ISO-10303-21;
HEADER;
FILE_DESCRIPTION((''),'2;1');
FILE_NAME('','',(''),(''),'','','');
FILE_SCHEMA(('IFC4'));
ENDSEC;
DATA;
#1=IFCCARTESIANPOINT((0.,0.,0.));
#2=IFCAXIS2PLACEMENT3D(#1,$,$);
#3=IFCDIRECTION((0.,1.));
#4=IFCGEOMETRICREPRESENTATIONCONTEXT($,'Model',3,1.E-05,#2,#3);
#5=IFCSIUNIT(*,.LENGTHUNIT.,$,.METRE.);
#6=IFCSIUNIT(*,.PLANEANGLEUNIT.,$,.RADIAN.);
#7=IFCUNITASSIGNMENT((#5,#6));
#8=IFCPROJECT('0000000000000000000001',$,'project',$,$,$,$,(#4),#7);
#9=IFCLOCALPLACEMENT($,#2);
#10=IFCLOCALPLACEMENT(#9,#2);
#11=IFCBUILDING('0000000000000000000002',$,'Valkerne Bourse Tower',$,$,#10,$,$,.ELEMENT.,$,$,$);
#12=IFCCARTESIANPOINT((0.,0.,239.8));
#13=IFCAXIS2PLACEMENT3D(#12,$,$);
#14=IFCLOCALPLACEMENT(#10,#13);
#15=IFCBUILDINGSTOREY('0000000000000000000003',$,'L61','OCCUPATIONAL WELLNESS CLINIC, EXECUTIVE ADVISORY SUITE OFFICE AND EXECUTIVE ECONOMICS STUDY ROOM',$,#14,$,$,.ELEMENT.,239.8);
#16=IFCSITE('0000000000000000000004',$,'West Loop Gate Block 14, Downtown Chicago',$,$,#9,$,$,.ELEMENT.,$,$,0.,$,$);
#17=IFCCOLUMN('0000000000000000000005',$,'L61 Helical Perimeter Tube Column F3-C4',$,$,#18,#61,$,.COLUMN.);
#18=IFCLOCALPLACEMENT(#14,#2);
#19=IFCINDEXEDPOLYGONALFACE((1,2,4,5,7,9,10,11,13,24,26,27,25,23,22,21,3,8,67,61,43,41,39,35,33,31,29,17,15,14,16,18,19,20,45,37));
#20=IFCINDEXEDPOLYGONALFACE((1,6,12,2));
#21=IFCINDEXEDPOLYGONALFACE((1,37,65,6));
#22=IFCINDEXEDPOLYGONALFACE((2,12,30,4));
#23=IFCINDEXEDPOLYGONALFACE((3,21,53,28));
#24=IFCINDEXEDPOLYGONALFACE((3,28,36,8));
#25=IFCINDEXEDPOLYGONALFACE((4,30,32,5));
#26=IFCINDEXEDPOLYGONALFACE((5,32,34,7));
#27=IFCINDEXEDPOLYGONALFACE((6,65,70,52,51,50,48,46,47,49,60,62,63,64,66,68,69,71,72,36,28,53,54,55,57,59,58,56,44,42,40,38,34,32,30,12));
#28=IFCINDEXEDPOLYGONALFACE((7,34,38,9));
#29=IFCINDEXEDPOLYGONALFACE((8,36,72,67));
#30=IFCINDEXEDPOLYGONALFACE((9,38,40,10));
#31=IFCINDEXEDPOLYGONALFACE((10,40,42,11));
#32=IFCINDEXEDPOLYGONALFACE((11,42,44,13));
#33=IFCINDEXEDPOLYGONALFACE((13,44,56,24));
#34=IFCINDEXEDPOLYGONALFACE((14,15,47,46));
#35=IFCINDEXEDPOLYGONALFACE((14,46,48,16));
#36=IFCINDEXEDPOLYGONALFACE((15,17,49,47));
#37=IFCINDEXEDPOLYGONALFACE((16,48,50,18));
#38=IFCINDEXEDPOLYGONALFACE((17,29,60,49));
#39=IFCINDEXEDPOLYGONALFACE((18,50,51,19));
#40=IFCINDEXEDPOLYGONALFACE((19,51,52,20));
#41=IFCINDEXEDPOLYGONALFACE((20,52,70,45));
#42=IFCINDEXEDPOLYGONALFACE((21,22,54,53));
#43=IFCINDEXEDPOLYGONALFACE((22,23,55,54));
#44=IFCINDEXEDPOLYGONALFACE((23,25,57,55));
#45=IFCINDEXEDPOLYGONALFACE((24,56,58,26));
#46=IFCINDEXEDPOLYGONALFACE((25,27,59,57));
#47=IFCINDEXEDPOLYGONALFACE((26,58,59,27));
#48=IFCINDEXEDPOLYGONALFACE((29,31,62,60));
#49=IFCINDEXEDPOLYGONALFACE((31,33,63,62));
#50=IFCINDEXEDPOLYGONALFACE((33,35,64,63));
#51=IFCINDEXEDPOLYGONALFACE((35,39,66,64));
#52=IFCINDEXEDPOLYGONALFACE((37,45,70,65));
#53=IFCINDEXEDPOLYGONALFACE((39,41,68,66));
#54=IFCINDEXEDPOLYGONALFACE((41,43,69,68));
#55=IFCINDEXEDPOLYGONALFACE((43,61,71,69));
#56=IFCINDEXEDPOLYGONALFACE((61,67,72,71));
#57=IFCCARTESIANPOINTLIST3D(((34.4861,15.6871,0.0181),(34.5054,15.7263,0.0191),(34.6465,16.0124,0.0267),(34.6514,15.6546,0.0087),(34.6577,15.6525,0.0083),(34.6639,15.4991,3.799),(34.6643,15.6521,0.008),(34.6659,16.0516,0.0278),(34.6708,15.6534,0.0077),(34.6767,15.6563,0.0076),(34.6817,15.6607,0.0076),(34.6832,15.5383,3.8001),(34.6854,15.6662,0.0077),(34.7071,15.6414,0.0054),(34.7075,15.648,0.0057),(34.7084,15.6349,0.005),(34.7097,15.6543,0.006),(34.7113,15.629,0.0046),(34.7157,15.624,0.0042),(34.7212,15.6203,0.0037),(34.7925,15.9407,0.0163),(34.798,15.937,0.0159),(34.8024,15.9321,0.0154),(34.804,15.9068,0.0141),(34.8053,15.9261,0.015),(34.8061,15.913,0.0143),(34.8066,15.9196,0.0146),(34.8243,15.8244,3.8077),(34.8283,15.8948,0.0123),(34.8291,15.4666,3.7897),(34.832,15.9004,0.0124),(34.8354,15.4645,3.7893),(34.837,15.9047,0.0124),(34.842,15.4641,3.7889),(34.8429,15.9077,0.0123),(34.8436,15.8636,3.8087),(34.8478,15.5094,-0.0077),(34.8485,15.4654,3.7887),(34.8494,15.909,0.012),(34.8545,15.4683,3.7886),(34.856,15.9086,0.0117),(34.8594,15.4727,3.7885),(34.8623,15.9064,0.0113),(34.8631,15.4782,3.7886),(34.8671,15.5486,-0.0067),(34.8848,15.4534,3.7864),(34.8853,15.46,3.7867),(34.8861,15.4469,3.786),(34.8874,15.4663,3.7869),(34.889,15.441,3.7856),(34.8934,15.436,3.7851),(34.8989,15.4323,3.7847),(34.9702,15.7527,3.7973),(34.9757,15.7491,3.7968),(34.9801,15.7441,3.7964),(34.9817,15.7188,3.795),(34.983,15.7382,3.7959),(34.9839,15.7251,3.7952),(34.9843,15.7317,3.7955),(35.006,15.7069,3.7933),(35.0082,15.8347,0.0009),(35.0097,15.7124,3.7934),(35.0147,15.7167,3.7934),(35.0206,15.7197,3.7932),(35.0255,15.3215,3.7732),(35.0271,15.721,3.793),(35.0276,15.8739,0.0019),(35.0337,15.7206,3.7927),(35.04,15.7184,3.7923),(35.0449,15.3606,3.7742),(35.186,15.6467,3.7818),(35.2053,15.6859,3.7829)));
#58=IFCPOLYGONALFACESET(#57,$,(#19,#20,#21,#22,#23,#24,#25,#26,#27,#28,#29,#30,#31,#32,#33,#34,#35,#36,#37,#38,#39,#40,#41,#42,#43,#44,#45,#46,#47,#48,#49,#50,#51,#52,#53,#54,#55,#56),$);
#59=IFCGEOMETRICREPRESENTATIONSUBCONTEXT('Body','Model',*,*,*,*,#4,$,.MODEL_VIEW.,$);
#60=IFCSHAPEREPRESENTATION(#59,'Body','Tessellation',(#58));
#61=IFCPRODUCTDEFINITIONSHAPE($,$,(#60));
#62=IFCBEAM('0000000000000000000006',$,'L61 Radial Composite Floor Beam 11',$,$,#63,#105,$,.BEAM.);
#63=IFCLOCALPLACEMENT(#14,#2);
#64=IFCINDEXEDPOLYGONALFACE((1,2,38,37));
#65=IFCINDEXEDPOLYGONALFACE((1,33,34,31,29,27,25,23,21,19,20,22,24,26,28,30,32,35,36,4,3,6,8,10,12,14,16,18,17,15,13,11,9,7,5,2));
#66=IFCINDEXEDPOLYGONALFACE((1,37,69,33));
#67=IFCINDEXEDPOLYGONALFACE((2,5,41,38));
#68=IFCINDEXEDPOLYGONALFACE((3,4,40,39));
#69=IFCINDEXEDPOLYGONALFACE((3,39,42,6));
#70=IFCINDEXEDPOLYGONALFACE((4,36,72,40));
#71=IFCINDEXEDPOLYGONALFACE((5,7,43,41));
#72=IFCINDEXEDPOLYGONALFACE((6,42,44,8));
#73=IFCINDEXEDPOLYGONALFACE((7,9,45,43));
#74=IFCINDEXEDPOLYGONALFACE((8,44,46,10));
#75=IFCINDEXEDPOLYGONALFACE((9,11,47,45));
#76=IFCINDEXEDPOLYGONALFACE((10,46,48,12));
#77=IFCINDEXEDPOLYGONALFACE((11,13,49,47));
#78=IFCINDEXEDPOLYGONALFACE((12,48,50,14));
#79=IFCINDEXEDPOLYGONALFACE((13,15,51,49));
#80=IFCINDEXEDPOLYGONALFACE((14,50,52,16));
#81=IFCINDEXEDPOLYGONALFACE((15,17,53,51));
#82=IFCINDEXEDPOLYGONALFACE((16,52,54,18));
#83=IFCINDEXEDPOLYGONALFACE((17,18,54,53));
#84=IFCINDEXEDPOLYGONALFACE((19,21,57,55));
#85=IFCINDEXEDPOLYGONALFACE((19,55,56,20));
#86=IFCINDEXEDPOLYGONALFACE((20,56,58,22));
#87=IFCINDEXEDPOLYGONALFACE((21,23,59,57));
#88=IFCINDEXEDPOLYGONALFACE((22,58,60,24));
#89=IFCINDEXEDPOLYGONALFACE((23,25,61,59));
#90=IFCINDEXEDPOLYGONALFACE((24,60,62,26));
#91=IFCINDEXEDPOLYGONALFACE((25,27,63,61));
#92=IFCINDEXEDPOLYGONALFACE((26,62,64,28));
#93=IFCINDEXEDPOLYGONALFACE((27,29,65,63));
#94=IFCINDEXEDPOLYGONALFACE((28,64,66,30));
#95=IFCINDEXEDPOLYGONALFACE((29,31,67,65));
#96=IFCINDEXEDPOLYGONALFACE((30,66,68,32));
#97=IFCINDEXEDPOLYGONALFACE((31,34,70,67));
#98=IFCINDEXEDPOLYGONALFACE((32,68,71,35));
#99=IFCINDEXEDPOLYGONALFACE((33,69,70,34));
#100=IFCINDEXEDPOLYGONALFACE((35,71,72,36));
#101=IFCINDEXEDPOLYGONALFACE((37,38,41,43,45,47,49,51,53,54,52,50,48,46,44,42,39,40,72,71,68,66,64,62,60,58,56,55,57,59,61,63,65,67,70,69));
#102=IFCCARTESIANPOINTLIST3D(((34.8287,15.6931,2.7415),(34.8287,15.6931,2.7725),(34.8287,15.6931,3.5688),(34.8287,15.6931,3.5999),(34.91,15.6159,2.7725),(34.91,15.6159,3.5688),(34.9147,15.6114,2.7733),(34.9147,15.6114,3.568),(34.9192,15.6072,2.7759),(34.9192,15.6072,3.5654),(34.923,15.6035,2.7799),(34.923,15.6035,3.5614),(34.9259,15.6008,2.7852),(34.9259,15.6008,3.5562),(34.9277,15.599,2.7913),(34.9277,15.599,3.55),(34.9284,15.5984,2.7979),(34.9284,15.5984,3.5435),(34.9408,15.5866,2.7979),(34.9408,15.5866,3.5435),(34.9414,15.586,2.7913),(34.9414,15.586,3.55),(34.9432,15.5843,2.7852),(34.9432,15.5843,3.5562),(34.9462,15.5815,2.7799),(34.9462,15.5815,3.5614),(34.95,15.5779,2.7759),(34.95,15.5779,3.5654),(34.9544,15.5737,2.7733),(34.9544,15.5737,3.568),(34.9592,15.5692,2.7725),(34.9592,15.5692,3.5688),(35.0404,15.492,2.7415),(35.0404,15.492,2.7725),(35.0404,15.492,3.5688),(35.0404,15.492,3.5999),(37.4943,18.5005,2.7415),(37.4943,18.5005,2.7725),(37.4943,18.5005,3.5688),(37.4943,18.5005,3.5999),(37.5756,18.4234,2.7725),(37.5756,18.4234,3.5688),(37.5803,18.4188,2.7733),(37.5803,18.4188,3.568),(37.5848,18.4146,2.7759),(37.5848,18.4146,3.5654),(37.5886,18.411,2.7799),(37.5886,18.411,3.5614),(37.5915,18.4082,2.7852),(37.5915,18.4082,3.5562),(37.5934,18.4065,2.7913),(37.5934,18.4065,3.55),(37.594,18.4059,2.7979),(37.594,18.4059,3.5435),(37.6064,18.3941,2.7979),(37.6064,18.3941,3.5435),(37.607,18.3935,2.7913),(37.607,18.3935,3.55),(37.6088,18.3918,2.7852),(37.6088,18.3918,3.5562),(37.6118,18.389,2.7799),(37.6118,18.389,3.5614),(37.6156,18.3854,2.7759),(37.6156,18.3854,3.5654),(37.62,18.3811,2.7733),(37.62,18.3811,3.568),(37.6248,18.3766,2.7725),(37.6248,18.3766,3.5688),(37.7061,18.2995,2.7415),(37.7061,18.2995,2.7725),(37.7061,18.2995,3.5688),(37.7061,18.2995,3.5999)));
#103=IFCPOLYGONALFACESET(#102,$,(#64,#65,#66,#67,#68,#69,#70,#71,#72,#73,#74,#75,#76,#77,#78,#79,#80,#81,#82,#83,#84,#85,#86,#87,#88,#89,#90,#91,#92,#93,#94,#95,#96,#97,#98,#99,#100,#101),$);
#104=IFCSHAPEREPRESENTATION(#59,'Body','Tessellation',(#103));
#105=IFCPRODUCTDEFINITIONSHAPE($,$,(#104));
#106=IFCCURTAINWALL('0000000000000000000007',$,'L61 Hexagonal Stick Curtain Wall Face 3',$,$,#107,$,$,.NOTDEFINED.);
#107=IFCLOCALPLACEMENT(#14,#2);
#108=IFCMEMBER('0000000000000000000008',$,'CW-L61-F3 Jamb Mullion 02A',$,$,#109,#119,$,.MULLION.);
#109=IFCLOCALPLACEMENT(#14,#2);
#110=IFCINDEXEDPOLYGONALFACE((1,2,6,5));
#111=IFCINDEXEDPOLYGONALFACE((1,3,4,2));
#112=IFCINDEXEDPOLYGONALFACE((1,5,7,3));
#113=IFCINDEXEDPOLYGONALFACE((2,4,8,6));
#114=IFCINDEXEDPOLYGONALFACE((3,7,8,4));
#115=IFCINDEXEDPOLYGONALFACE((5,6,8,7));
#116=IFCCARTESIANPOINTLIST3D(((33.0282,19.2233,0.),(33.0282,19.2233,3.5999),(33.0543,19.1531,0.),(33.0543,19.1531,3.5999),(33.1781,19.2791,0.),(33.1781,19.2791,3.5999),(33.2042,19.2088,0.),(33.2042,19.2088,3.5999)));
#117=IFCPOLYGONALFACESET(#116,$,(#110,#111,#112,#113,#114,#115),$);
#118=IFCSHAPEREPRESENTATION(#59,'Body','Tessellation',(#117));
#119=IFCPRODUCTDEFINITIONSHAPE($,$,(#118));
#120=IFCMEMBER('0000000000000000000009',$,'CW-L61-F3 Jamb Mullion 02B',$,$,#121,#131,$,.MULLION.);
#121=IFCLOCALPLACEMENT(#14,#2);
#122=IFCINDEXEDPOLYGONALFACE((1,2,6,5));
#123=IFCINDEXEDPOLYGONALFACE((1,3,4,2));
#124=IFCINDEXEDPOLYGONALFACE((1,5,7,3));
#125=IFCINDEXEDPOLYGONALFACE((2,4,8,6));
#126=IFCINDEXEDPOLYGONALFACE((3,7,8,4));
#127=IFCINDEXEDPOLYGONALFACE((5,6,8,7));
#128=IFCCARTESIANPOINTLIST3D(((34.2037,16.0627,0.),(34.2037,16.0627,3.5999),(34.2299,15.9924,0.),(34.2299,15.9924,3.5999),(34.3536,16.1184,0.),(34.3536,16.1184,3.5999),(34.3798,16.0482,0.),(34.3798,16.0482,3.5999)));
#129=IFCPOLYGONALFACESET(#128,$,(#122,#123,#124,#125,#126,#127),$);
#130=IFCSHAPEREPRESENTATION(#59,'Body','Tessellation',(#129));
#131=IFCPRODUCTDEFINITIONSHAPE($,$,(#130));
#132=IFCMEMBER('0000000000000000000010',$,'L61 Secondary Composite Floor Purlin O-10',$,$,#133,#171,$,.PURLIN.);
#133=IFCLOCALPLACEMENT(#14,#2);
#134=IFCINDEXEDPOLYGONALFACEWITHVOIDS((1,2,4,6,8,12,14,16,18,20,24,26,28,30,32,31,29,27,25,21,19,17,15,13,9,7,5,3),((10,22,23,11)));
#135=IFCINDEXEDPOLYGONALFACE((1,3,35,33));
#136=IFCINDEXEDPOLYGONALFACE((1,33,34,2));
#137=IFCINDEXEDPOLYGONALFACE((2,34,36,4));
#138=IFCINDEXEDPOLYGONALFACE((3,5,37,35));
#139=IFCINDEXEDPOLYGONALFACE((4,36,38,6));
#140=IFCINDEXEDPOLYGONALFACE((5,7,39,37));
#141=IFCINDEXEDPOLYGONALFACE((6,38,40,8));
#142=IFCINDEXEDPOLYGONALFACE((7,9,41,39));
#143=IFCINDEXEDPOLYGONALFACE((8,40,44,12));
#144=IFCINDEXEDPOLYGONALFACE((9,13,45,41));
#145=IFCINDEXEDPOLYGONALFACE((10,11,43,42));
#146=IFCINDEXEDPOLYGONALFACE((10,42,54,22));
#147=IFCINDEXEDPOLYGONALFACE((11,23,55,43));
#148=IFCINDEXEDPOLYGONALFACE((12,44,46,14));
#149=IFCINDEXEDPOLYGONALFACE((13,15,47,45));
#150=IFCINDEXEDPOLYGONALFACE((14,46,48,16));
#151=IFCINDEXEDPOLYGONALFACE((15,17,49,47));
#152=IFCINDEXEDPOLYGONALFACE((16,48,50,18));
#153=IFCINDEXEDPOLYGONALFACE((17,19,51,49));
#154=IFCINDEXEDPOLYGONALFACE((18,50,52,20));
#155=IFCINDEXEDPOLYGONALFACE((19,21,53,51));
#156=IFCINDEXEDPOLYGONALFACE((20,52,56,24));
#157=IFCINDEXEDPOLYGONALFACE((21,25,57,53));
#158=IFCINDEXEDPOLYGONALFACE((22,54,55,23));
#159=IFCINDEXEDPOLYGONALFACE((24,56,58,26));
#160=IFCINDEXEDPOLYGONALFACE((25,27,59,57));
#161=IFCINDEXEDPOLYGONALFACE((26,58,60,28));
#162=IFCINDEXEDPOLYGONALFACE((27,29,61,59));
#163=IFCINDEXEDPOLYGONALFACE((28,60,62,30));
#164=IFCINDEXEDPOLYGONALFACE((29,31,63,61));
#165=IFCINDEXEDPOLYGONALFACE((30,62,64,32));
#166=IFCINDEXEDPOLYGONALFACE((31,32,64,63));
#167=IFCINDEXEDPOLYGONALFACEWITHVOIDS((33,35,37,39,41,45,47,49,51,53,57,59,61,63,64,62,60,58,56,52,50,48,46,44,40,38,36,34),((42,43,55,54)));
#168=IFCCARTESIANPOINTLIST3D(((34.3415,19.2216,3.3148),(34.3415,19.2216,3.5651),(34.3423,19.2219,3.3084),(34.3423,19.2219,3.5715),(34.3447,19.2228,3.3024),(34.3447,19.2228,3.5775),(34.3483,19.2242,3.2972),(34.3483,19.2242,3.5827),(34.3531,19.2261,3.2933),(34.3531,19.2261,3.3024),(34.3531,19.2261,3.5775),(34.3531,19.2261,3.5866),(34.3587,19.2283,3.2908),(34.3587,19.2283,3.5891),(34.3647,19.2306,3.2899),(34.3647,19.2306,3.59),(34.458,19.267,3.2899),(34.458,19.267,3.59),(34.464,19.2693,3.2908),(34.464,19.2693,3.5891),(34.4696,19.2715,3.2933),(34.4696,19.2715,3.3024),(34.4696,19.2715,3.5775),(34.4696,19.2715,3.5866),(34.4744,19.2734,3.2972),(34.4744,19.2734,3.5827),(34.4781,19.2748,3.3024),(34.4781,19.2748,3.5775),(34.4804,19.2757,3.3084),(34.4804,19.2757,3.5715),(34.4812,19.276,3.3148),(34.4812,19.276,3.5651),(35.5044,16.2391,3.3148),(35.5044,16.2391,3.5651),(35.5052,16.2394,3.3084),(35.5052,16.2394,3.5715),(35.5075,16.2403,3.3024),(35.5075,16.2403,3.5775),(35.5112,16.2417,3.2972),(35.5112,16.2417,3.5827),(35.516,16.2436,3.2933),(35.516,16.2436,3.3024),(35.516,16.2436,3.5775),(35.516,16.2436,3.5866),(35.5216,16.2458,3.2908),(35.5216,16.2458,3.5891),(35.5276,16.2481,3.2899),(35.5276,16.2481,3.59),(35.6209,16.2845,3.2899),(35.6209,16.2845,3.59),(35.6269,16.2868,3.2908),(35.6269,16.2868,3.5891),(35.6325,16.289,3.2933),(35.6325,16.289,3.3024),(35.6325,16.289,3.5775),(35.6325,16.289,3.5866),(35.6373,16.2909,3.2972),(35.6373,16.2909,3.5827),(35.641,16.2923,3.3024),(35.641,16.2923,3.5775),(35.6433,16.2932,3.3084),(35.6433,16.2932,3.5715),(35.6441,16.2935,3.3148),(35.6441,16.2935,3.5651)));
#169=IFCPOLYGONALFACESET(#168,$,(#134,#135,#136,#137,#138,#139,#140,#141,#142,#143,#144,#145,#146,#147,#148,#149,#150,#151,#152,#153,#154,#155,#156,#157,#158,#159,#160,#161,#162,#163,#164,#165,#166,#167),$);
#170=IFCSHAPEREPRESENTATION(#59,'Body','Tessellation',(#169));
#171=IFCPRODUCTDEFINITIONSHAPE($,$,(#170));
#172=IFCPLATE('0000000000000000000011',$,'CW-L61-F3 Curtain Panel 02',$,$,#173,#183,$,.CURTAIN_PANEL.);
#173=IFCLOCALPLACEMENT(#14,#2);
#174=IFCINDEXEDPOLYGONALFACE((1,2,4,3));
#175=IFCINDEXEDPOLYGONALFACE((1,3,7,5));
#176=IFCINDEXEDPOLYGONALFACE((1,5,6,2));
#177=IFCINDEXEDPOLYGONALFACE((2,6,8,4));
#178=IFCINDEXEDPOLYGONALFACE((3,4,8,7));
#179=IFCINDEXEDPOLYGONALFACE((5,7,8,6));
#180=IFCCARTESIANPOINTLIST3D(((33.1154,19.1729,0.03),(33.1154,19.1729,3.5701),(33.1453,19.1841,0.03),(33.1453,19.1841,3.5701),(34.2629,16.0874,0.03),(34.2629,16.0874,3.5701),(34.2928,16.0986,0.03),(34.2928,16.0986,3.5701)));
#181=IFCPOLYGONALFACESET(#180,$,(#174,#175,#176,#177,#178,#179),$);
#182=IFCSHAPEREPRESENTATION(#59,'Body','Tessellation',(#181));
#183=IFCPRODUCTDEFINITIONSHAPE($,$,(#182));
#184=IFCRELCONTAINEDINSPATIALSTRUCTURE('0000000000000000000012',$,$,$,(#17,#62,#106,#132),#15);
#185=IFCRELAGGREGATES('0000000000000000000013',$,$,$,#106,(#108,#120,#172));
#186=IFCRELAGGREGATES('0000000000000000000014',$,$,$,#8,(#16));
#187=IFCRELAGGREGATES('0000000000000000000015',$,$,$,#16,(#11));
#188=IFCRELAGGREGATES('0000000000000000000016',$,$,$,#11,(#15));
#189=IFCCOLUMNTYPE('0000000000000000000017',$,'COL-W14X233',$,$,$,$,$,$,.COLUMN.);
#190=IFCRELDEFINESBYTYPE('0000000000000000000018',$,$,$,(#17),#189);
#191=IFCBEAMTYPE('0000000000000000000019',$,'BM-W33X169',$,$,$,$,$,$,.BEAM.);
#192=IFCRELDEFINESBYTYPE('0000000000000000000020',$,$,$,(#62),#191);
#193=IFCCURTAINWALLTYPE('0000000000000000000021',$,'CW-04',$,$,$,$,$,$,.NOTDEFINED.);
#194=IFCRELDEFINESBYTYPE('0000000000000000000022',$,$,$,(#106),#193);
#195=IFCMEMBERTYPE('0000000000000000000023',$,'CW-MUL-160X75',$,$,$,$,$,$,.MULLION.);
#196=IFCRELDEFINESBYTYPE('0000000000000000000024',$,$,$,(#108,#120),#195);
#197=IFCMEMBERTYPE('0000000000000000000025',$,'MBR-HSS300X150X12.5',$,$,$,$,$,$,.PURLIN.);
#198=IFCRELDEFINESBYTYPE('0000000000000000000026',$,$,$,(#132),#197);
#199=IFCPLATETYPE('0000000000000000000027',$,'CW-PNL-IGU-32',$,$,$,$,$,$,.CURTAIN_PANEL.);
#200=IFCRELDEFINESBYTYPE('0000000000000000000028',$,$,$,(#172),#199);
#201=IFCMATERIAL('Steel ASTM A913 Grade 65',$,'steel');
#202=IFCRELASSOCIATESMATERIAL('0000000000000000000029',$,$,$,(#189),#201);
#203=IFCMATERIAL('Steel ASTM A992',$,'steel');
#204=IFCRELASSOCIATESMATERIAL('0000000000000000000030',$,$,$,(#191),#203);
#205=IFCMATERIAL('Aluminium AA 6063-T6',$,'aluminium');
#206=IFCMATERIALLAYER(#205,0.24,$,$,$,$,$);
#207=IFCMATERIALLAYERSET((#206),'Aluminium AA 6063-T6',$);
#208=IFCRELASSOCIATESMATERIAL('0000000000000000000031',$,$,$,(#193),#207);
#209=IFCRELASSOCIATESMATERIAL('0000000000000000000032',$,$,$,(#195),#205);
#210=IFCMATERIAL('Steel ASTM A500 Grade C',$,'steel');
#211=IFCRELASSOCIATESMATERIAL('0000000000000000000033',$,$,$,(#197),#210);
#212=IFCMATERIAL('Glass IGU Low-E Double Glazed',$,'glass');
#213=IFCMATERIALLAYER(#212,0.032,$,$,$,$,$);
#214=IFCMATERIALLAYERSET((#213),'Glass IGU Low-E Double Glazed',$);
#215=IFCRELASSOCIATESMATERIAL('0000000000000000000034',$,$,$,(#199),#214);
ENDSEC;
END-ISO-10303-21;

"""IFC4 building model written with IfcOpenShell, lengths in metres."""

from ifc_helpers import new_model, si_unit, direction, frame, origin, origin_2d, place, context, subcontext, project, spatial, rectangle, hollow_rectangle, i_section, extrude, material, layer, layer_set, material_profile, profile_set, type_object, element, aggregate, save


model = new_model("IFC4")

# Units and contexts
model_context = context("Model", 3, precision=1e-05, world=origin(), true_north=direction((0.0, 1.0)))
body_context = subcontext(model_context, "Body", "Model", "MODEL_VIEW")
ifc_project = project(units=[si_unit("LENGTHUNIT", "METRE"), si_unit("PLANEANGLEUNIT", "RADIAN")], contexts=[model_context])

# Site, building, storey
site_placement = place(None, origin())
site = spatial("IfcSite", under=ifc_project, at=site_placement, Name="West Loop Gate Block 14, Downtown Chicago", CompositionType="ELEMENT", RefElevation=0.0)
building_placement = place(site_placement, origin())
building = spatial("IfcBuilding", under=site, at=building_placement, Name="Valkerne Bourse Tower", CompositionType="ELEMENT")
storey_placement = place(building_placement, frame((0.0, 0.0, 239.8)))
storey = spatial("IfcBuildingStorey", under=building, at=storey_placement, Name="L61", Description="OCCUPATIONAL WELLNESS CLINIC, EXECUTIVE ADVISORY SUITE OFFICE AND EXECUTIVE ECONOMICS STUDY ROOM", CompositionType="ELEMENT", Elevation=239.8)

# Column
ifc_material_1 = material(Name="Steel ASTM A913 Grade 65", Category="steel")
ifc_material_profile_1 = material_profile(ifc_material_1, i_section(OverallWidth=0.4038, OverallDepth=0.4065, WebThickness=0.0271, FlangeThickness=0.0437, FilletRadius=0.0254, at=origin_2d()), Name="W14X233")
ifc_profile_set_1 = profile_set([ifc_material_profile_1], Name="Steel ASTM A913 Grade 65")
column_type = type_object("IfcColumnType", Name="COL-W14X233", PredefinedType="COLUMN", material=ifc_profile_set_1)
column_placement = place(storey_placement, frame((34.7568, 15.7805, 0.01), z_axis=(0.046898, -0.049603, 0.997667), x_axis=(0.89571, -0.440011, -0.063982)))
element("IfcColumn", 1, at=column_placement, inside=storey, type_object=column_type, Name="L61 Helical Perimeter Tube Column F3-C4", PredefinedType="COLUMN", context=body_context, shape_type="SweptSolid", body=[
    extrude(i_section(OverallWidth=0.4038, OverallDepth=0.4065, WebThickness=0.0271, FlangeThickness=0.0437, FilletRadius=0.0254, at=origin_2d()), origin(), (0.0, 0.0, 1.0), 3.7898),
])

# Beam
ifc_material_2 = material(Name="Steel ASTM A992", Category="steel")
ifc_material_profile_2 = material_profile(ifc_material_2, i_section(OverallWidth=0.292, OverallDepth=0.8584, WebThickness=0.0171, FlangeThickness=0.031, FilletRadius=0.0254, at=origin_2d()), Name="W33X169")
ifc_profile_set_2 = profile_set([ifc_material_profile_2], Name="Steel ASTM A992")
beam_type = type_object("IfcBeamType", Name="BM-W33X169", PredefinedType="BEAM", material=ifc_profile_set_2)
beam_placement = place(storey_placement, frame((34.9346, 15.5925, 3.1707), z_axis=(0.688549, 0.72519, 0.0), x_axis=(-0.72519, 0.688549, 0.0)))
element("IfcBeam", 2, at=beam_placement, inside=storey, type_object=beam_type, Name="L61 Radial Composite Floor Beam 11", PredefinedType="BEAM", context=body_context, shape_type="SweptSolid", body=[
    extrude(i_section(OverallWidth=0.292, OverallDepth=0.8584, WebThickness=0.0171, FlangeThickness=0.031, FilletRadius=0.0254, at=origin_2d()), origin(), (0.0, 0.0, 1.0), 3.8713),
])

# Curtain wall, members
ifc_material_3 = material(Name="Aluminium AA 6063-T6", Category="aluminium")
ifc_layer_1 = layer(ifc_material_3, 0.24)
ifc_layer_set_1 = layer_set([ifc_layer_1], Name="Aluminium AA 6063-T6")
curtain_wall_type = type_object("IfcCurtainWallType", Name="CW-04", PredefinedType="NOTDEFINED", material=ifc_layer_set_1)
curtain_wall_placement = place(storey_placement, origin())
curtain_wall = element("IfcCurtainWall", 3, at=curtain_wall_placement, inside=storey, type_object=curtain_wall_type, Name="L61 Hexagonal Stick Curtain Wall Face 3", PredefinedType="NOTDEFINED")
ifc_material_profile_3 = material_profile(ifc_material_3, rectangle(XDim=0.075, YDim=0.1599, at=origin_2d()), Name="CWM-75X160")
ifc_profile_set_3 = profile_set([ifc_material_profile_3], Name="Aluminium AA 6063-T6")
member_type_1 = type_object("IfcMemberType", Name="CW-MUL-160X75", PredefinedType="MULLION", material=ifc_profile_set_3)
member_1_placement = place(storey_placement, frame((33.1162, 19.2161, 0.0), z_axis=(0.0, 0.0, 1.0), x_axis=(0.348578, -0.93728, 0.0)))
member_1 = element("IfcMember", 4, at=member_1_placement, type_object=member_type_1, Name="CW-L61-F3 Jamb Mullion 02A", PredefinedType="MULLION", context=body_context, shape_type="SweptSolid", body=[
    extrude(rectangle(XDim=0.075, YDim=0.1599, at=origin_2d()), origin(), (0.0, 0.0, 1.0), 3.5999),
])
member_2_placement = place(storey_placement, frame((34.2917, 16.0554, 0.0), z_axis=(0.0, 0.0, 1.0), x_axis=(0.348578, -0.93728, 0.0)))
member_2 = element("IfcMember", 5, at=member_2_placement, type_object=member_type_1, Name="CW-L61-F3 Jamb Mullion 02B", PredefinedType="MULLION", context=body_context, shape_type="SweptSolid", body=[
    extrude(rectangle(XDim=0.075, YDim=0.1599, at=origin_2d()), origin(), (0.0, 0.0, 1.0), 3.5999),
])

# Member
ifc_material_4 = material(Name="Steel ASTM A500 Grade C", Category="steel")
ifc_material_profile_4 = material_profile(ifc_material_4, hollow_rectangle(XDim=0.1499, YDim=0.3, WallThickness=0.0125, OuterFilletRadius=0.0249, at=origin_2d()), Name="HSS300X150X12.5")
ifc_profile_set_4 = profile_set([ifc_material_profile_4], Name="Steel ASTM A500 Grade C")
member_type_2 = type_object("IfcMemberType", Name="MBR-HSS300X150X12.5", PredefinedType="PURLIN", material=ifc_profile_set_4)
member_3_placement = place(storey_placement, frame((34.4114, 19.2488, 3.4399), z_axis=(0.363263, -0.931687, 0.0), x_axis=(0.931687, 0.363263, 0.0)))
element("IfcMember", 6, at=member_3_placement, inside=storey, type_object=member_type_2, Name="L61 Secondary Composite Floor Purlin O-10", PredefinedType="PURLIN", context=body_context, shape_type="SweptSolid", body=[
    extrude(hollow_rectangle(XDim=0.1499, YDim=0.3, WallThickness=0.0125, OuterFilletRadius=0.0249, at=origin_2d()), origin(), (0.0, 0.0, 1.0), 3.2012),
])

# Plate
ifc_material_5 = material(Name="Glass IGU Low-E Double Glazed", Category="glass")
ifc_layer_2 = layer(ifc_material_5, 0.032)
ifc_layer_set_2 = layer_set([ifc_layer_2], Name="Glass IGU Low-E Double Glazed")
plate_type = type_object("IfcPlateType", Name="CW-PNL-IGU-32", PredefinedType="CURTAIN_PANEL", material=ifc_layer_set_2)
plate_placement = place(storey_placement, frame((33.7041, 17.6357, 0.03), z_axis=(0.0, 0.0, 1.0), x_axis=(0.348578, -0.93728, 0.0)))
plate = element("IfcPlate", 7, at=plate_placement, type_object=plate_type, Name="CW-L61-F3 Curtain Panel 02", PredefinedType="CURTAIN_PANEL", context=body_context, shape_type="SweptSolid", body=[
    extrude(rectangle(XDim=3.292, YDim=0.032, at=origin_2d()), origin(), (0.0, 0.0, 1.0), 3.54),
])
aggregate(curtain_wall, [member_1, member_2, plate])

save(model, "model.ifc")
